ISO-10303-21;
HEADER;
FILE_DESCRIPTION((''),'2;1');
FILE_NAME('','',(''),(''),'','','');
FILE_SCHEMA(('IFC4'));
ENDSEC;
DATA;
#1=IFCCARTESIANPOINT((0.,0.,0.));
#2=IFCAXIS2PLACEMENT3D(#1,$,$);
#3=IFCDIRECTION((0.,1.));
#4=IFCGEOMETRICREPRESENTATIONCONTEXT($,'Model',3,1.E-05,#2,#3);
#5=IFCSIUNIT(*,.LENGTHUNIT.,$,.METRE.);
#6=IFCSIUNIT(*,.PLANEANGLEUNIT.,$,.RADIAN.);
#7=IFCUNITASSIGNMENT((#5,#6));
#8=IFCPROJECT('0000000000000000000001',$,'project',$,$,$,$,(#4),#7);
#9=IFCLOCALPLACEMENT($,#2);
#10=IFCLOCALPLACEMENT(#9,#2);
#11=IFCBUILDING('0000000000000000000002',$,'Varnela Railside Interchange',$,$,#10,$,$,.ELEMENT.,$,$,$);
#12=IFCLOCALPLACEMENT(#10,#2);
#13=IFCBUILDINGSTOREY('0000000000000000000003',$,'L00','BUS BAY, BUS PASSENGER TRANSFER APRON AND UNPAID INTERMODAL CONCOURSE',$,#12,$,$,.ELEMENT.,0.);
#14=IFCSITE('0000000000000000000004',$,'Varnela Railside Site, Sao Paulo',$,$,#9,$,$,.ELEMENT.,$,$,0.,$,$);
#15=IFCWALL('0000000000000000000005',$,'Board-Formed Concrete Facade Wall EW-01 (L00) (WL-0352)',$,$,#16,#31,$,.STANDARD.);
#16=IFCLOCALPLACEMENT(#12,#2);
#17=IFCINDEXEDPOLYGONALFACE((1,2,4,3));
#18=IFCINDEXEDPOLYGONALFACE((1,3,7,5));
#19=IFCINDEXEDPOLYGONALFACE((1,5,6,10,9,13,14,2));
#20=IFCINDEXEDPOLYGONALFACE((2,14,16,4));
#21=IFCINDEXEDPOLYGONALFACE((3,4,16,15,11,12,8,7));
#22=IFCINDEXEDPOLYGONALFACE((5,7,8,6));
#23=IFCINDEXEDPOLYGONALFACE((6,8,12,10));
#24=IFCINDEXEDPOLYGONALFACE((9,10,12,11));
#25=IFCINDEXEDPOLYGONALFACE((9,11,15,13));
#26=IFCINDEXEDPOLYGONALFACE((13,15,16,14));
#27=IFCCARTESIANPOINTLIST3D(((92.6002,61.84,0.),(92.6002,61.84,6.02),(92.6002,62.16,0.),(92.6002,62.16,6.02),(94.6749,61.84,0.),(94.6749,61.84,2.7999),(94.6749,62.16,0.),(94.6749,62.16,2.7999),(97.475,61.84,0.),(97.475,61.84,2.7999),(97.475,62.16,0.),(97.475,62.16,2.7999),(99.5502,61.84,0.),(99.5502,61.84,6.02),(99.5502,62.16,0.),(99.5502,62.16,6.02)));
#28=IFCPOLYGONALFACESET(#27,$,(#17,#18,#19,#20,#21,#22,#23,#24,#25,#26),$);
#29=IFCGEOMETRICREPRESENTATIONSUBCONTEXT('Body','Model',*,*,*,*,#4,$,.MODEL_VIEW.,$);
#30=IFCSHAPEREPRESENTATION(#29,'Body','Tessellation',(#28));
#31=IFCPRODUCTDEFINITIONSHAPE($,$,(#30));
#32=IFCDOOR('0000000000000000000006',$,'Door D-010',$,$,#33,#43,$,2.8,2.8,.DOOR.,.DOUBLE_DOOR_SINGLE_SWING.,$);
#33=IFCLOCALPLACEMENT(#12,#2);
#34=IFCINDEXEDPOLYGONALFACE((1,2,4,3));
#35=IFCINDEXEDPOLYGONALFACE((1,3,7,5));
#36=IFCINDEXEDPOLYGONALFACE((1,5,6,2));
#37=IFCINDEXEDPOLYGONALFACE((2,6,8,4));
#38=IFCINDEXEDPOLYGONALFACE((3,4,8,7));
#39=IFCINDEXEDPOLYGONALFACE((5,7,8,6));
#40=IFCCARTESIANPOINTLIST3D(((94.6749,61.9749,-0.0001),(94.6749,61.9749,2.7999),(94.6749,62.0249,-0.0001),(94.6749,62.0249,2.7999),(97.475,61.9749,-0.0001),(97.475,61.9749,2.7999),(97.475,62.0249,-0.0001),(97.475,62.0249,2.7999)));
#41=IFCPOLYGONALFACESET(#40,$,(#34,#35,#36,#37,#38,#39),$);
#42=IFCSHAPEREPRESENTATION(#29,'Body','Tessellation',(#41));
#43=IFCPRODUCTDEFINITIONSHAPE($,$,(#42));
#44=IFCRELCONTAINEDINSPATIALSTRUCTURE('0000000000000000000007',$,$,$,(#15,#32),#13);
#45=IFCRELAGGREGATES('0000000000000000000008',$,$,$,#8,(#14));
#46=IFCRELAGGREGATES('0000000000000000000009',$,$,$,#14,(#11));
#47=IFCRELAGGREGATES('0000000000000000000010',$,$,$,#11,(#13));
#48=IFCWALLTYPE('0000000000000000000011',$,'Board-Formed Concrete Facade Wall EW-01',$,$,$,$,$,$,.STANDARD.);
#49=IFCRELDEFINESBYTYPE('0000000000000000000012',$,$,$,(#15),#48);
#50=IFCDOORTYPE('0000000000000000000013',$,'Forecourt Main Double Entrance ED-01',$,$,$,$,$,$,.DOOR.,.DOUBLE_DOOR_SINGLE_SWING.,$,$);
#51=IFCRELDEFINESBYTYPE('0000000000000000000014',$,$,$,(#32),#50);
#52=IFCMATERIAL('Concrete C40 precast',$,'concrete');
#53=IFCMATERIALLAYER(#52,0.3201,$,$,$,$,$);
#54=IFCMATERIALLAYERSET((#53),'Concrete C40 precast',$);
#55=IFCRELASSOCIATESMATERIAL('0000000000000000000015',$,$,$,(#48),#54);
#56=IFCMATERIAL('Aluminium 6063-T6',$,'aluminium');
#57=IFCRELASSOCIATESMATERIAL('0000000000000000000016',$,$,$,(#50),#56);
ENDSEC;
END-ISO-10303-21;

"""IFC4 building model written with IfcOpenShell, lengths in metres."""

from ifc_helpers import new_model, si_unit, direction, frame, frame_2d, origin, place, context, subcontext, project, spatial, rectangle, extrude, material, layer, layer_set, type_object, element, fill, save


model = new_model("IFC4")

# Units and contexts
model_context = context("Model", 3, precision=1e-05, world=origin(), true_north=direction((0.0, 1.0)))
body_context = subcontext(model_context, "Body", "Model", "MODEL_VIEW")
ifc_project = project(units=[si_unit("LENGTHUNIT", "METRE"), si_unit("PLANEANGLEUNIT", "RADIAN")], contexts=[model_context])

# Site, building, storey
site_placement = place(None, origin())
site = spatial("IfcSite", under=ifc_project, at=site_placement, Name="Varnela Railside Site, Sao Paulo", CompositionType="ELEMENT", RefElevation=0.0)
building_placement = place(site_placement, origin())
building = spatial("IfcBuilding", under=site, at=building_placement, Name="Varnela Railside Interchange", CompositionType="ELEMENT")
storey_placement = place(building_placement, origin())
storey = spatial("IfcBuildingStorey", under=building, at=storey_placement, Name="L00", Description="BUS BAY, BUS PASSENGER TRANSFER APRON AND UNPAID INTERMODAL CONCOURSE", CompositionType="ELEMENT", Elevation=0.0)

# Shared definitions
ifc_material_1 = material(Name="Aluminium 6063-T6", Category="aluminium")

# Wall, opening, door
ifc_material_2 = material(Name="Concrete C40 precast", Category="concrete")
ifc_layer_1 = layer(ifc_material_2, 0.3201)
ifc_layer_set_1 = layer_set([ifc_layer_1], Name="Concrete C40 precast")
wall_type = type_object("IfcWallType", Name="Board-Formed Concrete Facade Wall EW-01", PredefinedType="STANDARD", material=ifc_layer_set_1)
wall_placement = place(storey_placement, frame((92.6001, 62.0, 0.0), z_axis=(0.0, 0.0, 1.0), x_axis=(1.0, 0.0, 0.0)))
wall = element("IfcWall", 1, at=wall_placement, inside=storey, type_object=wall_type, Name="Board-Formed Concrete Facade Wall EW-01 (L00) (WL-0352)", PredefinedType="STANDARD", context=body_context, shape_type="SweptSolid", body=[
    extrude(rectangle(XDim=6.95, YDim=0.3201, at=frame_2d((3.4751, 0.0))), origin(), (0.0, 0.0, 1.0), 6.02),
])
opening_placement = place(wall_placement, frame((2.075, 0.0, 0.0)))
opening = element("IfcOpeningElement", 2, at=opening_placement, cuts=wall, PredefinedType="OPENING", context=body_context, shape_type="SweptSolid", body=[
    extrude(rectangle(XDim=2.8, YDim=2.8, at=frame_2d((1.3999, 1.3999))), frame((0.0, 0.1699, 0.0), z_axis=(0.0, -1.0, 0.0), x_axis=(1.0, 0.0, 0.0)), (0.0, 0.0, 1.0), 0.3401),
])
door_type = type_object("IfcDoorType", Name="Forecourt Main Double Entrance ED-01", OperationType="DOUBLE_DOOR_SINGLE_SWING", PredefinedType="DOOR", material=ifc_material_1)
door_placement = place(opening_placement, origin())
door = element("IfcDoor", 3, at=door_placement, inside=storey, type_object=door_type, Name="Door D-010", OperationType="DOUBLE_DOOR_SINGLE_SWING", OverallHeight=2.8, OverallWidth=2.8, PredefinedType="DOOR", context=body_context, shape_type="SweptSolid", body=[
    extrude(rectangle(XDim=2.8, YDim=2.8, at=frame_2d((1.3999, 1.3999))), frame((0.0, 0.0249, 0.0), z_axis=(0.0, -1.0, 0.0), x_axis=(1.0, 0.0, 0.0)), (0.0, 0.0, 1.0), 0.05),
])
fill(opening, door)

save(model, "model.ifc")
